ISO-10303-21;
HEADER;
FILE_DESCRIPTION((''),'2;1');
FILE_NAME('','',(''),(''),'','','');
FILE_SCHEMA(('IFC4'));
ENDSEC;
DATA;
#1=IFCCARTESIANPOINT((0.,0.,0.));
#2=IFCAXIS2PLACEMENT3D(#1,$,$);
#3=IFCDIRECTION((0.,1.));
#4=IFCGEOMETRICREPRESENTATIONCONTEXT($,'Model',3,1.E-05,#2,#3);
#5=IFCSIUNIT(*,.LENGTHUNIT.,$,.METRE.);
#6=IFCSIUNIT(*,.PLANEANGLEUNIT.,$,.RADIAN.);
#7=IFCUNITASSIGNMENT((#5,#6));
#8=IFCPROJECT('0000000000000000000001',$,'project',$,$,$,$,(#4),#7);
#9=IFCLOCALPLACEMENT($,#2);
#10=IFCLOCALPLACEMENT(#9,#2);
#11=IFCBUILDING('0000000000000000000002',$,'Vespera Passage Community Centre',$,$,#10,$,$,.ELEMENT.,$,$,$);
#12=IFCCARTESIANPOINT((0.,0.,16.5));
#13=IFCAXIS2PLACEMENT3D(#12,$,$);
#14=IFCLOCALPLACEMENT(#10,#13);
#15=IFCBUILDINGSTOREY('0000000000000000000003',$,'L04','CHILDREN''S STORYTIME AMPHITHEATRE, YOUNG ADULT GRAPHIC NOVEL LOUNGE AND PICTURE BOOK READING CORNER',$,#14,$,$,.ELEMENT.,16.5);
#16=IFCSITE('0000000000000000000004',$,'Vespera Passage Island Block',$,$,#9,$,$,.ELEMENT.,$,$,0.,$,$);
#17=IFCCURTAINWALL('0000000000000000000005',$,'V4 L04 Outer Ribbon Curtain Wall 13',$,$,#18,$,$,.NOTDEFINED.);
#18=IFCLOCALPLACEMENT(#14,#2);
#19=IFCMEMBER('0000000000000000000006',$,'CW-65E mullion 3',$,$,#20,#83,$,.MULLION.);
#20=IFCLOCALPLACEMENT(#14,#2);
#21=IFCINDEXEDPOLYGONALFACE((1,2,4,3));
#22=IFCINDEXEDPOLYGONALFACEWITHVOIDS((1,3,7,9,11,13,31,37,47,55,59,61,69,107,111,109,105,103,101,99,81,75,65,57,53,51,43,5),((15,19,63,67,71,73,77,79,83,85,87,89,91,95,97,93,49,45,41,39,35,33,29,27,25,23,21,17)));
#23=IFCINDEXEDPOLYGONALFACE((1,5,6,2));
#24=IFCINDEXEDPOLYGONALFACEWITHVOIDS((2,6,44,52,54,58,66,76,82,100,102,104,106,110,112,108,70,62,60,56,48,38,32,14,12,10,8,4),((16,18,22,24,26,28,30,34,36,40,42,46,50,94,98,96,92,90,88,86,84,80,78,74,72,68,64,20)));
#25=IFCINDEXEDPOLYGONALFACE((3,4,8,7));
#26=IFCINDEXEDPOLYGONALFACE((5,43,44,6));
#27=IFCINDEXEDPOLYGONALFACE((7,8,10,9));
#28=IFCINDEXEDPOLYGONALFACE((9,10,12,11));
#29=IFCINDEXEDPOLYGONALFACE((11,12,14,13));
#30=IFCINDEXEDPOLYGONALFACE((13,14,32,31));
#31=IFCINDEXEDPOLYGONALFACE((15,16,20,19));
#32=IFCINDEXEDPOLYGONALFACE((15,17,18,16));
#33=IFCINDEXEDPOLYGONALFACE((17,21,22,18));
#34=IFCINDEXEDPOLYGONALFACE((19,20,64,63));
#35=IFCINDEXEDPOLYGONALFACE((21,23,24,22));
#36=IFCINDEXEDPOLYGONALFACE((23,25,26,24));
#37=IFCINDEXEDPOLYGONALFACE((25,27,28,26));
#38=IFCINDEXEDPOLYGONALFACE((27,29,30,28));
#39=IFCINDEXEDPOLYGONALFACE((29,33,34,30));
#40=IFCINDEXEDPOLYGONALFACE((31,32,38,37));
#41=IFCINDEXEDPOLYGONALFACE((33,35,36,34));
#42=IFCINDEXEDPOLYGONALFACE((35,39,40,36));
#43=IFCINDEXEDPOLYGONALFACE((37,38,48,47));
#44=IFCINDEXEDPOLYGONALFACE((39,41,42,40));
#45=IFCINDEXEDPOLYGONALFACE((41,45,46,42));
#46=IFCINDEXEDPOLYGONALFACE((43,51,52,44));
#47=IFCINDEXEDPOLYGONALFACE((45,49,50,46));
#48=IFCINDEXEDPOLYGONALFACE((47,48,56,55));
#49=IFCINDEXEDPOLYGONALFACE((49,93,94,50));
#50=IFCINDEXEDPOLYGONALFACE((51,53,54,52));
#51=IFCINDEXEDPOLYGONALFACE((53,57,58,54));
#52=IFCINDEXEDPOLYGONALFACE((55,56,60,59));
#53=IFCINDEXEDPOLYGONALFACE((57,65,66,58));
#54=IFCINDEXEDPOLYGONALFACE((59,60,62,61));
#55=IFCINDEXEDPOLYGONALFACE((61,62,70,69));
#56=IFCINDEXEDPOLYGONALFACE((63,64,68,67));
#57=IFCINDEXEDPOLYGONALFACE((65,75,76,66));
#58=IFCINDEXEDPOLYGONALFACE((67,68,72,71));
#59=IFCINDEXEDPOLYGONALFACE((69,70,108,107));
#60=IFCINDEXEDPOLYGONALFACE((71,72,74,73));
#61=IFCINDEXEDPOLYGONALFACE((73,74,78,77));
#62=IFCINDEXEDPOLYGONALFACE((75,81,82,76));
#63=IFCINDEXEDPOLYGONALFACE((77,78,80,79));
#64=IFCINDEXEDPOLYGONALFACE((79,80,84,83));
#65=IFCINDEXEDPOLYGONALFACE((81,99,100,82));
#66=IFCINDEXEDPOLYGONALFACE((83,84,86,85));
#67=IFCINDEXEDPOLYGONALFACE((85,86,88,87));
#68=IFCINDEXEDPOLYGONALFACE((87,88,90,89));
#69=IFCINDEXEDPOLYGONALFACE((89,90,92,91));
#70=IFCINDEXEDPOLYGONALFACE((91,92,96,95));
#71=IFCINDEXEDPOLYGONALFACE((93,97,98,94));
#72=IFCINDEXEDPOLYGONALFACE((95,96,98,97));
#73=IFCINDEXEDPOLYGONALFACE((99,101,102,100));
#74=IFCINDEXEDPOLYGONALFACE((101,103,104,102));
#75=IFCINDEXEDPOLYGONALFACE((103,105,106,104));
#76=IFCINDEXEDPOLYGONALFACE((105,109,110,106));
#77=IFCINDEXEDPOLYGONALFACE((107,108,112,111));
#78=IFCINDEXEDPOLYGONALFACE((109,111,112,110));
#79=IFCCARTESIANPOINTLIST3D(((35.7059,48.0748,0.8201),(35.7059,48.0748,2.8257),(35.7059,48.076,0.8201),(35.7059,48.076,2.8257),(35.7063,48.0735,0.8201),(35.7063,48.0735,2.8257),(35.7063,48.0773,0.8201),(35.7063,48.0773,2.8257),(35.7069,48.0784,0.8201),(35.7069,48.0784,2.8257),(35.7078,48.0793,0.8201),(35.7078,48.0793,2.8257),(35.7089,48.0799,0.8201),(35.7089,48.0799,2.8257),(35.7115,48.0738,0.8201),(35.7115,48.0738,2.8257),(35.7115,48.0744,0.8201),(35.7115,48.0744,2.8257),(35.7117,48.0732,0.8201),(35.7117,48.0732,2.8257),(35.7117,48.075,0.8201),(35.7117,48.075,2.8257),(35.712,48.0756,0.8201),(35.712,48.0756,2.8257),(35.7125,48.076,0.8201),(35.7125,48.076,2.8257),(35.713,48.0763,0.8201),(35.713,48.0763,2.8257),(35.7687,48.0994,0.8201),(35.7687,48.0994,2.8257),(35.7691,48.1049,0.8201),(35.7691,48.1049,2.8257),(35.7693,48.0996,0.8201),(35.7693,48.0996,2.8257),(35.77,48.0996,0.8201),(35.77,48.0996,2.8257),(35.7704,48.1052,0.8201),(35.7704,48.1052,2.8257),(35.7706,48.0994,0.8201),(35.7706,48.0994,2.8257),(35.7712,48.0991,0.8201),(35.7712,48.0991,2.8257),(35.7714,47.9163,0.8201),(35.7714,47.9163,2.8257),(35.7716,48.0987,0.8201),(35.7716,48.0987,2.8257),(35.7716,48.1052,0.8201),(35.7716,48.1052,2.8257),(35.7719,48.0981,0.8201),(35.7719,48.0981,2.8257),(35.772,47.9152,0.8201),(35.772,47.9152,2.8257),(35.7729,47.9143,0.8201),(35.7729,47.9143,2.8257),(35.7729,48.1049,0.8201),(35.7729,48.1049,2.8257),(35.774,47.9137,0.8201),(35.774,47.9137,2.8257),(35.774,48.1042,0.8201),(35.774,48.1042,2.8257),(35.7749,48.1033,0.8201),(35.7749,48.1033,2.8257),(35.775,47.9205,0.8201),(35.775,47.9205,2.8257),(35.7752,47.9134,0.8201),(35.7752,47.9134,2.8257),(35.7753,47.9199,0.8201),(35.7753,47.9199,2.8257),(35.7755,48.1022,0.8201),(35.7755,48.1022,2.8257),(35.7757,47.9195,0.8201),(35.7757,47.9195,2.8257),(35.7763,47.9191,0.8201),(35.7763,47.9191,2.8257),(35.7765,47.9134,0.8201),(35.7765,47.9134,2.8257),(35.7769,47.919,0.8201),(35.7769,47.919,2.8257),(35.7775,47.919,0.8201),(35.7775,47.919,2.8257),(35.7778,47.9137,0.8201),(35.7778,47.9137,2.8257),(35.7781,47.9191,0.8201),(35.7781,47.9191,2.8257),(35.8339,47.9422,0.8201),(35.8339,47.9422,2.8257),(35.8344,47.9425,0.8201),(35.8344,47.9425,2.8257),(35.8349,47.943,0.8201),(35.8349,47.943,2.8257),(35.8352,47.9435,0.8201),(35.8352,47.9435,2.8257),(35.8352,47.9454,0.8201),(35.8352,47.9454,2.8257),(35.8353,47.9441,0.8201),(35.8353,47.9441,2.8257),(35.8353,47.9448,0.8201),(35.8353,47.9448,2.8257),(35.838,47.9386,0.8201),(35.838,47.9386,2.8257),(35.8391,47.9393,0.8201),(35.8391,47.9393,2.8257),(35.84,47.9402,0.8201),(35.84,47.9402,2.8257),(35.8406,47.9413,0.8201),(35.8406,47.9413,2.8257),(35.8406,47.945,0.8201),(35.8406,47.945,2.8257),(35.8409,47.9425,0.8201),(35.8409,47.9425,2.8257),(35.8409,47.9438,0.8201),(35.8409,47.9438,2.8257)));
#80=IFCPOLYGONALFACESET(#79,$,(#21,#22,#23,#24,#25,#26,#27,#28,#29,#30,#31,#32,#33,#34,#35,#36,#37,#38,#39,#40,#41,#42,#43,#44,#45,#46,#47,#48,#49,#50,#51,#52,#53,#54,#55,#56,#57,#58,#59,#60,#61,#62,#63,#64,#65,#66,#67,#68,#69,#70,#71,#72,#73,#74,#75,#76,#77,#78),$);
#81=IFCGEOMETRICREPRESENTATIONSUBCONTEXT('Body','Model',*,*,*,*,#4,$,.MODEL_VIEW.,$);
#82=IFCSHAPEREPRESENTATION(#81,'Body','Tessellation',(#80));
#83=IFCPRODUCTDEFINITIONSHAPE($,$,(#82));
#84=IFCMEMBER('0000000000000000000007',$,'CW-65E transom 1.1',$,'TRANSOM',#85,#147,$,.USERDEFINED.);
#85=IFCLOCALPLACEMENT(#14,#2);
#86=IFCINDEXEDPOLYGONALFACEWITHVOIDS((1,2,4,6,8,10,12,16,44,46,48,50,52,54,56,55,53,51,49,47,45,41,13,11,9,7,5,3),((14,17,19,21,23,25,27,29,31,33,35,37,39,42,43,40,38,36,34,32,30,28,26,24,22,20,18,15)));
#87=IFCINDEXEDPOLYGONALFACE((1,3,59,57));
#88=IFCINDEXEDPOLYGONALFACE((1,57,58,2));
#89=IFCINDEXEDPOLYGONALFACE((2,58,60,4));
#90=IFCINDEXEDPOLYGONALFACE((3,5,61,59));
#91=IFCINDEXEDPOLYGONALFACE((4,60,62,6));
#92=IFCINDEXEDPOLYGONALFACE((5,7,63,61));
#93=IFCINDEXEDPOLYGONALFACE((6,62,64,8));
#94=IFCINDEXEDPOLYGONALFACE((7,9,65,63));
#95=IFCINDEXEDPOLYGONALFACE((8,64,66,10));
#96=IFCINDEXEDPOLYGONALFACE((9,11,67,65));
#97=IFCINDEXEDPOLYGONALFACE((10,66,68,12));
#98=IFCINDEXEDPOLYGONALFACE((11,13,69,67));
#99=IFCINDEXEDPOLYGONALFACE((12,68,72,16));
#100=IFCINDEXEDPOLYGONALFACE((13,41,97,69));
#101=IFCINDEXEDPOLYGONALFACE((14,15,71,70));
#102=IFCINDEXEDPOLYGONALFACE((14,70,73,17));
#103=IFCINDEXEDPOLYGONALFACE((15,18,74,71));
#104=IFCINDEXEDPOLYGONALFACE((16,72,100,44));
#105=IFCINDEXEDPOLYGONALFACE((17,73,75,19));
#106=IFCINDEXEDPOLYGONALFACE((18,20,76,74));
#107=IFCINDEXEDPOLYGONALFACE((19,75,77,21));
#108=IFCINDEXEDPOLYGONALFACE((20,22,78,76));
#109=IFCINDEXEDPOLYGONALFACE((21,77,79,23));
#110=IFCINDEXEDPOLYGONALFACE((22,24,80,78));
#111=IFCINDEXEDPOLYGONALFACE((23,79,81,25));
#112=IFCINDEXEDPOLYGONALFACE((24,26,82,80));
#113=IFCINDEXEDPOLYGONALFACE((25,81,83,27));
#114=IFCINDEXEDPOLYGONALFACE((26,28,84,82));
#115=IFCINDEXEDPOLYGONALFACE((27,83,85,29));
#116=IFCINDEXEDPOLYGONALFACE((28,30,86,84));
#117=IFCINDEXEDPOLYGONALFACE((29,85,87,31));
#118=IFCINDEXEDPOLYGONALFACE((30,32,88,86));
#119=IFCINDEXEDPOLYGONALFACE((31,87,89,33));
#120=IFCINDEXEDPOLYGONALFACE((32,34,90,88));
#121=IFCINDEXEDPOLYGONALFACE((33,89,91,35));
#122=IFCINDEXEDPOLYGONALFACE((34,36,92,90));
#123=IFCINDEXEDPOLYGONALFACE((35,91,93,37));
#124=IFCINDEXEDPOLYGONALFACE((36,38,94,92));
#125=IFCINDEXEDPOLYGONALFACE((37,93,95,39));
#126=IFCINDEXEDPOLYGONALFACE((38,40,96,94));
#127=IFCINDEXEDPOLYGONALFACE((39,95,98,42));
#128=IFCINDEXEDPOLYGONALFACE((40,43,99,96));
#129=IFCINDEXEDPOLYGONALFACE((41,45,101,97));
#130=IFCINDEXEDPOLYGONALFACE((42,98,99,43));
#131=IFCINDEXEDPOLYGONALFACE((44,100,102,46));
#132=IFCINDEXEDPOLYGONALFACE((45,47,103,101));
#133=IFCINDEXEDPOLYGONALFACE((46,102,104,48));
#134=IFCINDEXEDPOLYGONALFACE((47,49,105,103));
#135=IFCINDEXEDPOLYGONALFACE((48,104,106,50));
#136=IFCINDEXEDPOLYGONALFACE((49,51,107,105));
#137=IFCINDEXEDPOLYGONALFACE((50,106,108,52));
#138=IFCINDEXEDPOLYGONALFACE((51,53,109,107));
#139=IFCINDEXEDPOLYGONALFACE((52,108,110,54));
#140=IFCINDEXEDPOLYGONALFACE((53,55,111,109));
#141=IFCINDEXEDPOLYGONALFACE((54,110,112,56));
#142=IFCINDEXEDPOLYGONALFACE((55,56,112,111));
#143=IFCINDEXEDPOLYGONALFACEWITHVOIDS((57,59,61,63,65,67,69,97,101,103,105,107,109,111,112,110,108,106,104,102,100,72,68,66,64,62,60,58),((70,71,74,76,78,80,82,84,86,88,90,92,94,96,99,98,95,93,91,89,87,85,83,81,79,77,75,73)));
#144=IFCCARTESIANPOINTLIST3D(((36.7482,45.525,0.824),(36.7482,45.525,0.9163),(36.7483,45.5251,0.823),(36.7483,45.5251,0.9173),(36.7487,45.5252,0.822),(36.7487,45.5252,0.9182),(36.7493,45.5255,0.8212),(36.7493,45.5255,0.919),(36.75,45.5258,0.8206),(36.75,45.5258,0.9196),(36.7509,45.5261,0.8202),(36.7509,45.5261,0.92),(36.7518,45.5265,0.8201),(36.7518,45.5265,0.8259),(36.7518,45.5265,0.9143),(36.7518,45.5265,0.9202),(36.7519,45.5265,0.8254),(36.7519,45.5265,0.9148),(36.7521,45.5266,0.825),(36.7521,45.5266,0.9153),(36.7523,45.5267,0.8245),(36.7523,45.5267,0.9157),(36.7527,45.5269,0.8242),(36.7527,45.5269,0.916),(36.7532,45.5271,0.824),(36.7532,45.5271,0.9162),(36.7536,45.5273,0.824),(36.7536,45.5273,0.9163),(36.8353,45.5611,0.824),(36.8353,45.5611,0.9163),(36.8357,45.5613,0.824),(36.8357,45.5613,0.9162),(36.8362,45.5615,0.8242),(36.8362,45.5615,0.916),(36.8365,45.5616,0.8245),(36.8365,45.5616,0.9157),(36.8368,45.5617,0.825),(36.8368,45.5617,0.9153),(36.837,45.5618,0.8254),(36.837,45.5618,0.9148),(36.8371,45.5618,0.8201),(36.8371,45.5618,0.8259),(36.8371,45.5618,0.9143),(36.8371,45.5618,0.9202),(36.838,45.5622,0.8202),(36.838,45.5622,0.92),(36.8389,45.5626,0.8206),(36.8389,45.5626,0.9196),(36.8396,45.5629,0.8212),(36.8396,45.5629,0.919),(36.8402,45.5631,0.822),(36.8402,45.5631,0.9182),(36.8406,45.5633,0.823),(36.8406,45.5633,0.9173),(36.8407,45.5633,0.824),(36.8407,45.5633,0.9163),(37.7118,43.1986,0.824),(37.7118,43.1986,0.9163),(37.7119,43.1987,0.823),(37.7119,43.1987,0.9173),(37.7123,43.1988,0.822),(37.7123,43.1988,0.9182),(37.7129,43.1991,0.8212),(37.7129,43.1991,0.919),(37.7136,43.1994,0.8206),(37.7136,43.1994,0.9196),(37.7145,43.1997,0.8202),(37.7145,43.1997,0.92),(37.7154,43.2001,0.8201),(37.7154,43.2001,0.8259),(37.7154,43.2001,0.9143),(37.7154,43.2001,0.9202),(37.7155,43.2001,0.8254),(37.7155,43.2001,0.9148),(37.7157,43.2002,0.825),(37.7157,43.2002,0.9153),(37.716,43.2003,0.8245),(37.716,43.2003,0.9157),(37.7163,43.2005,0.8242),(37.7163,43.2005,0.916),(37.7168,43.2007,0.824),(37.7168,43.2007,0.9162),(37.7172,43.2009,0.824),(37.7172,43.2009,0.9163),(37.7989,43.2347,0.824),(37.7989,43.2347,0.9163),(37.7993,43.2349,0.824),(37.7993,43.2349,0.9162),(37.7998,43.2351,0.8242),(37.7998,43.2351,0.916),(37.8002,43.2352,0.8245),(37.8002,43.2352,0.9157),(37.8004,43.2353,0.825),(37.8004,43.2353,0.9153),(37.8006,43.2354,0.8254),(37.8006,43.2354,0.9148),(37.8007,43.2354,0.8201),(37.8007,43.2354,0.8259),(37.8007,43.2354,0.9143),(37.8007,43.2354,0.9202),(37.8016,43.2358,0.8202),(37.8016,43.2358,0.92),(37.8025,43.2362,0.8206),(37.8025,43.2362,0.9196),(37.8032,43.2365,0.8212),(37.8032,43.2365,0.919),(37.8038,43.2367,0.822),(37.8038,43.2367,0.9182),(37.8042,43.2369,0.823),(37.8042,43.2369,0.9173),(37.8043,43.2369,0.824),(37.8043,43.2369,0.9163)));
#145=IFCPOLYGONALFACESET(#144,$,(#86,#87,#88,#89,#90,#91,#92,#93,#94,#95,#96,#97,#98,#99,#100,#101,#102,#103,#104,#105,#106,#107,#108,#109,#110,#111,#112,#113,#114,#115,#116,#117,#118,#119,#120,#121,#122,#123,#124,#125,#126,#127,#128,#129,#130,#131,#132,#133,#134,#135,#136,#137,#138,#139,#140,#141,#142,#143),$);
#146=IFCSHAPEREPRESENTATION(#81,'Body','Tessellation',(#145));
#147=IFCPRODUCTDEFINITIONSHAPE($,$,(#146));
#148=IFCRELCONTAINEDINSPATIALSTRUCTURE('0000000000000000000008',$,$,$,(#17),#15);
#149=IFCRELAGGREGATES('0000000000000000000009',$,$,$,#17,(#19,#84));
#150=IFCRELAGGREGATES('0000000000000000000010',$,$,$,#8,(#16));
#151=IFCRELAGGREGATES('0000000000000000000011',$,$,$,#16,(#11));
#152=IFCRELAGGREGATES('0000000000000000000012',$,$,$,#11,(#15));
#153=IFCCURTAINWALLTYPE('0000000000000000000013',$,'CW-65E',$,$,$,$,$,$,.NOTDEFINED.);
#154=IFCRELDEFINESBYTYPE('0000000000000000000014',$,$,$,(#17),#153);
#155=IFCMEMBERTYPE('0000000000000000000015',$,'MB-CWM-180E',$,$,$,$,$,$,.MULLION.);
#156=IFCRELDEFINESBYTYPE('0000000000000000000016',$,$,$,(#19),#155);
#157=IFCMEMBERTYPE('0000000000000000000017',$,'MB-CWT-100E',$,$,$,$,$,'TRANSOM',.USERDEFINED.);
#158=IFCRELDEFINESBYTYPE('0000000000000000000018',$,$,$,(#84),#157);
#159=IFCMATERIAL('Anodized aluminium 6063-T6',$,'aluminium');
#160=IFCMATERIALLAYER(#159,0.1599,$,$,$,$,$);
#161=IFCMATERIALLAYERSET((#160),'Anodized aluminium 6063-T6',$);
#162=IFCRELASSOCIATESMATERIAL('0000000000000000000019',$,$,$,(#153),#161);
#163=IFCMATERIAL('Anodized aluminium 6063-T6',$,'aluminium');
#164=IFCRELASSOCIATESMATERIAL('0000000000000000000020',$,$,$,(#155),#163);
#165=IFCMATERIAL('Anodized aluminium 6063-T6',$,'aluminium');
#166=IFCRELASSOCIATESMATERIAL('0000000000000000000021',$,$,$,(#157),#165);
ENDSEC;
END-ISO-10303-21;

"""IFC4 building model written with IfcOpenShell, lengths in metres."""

from ifc_helpers import new_model, si_unit, direction, frame, origin, origin_2d, place, context, subcontext, project, spatial, hollow_rectangle, extrude, material, layer, layer_set, material_profile, profile_set, type_object, element, aggregate, save


model = new_model("IFC4")

# Units and contexts
model_context = context("Model", 3, precision=1e-05, world=origin(), true_north=direction((0.0, 1.0)))
body_context = subcontext(model_context, "Body", "Model", "MODEL_VIEW")
ifc_project = project(units=[si_unit("LENGTHUNIT", "METRE"), si_unit("PLANEANGLEUNIT", "RADIAN")], contexts=[model_context])

# Site, building, storey
site_placement = place(None, origin())
site = spatial("IfcSite", under=ifc_project, at=site_placement, Name="Vespera Passage Island Block", CompositionType="ELEMENT", RefElevation=0.0)
building_placement = place(site_placement, origin())
building = spatial("IfcBuilding", under=site, at=building_placement, Name="Vespera Passage Community Centre", CompositionType="ELEMENT")
storey_placement = place(building_placement, frame((0.0, 0.0, 16.5)))
storey = spatial("IfcBuildingStorey", under=building, at=storey_placement, Name="L04", Description="CHILDREN'S STORYTIME AMPHITHEATRE, YOUNG ADULT GRAPHIC NOVEL LOUNGE AND PICTURE BOOK READING CORNER", CompositionType="ELEMENT", Elevation=16.5)

# Curtain wall, members
ifc_material_1 = material(Name="Anodized aluminium 6063-T6", Category="aluminium")
ifc_layer_1 = layer(ifc_material_1, 0.1599)
ifc_layer_set_1 = layer_set([ifc_layer_1], Name="Anodized aluminium 6063-T6")
curtain_wall_type_1 = type_object("IfcCurtainWallType", Name="CW-65E", PredefinedType="NOTDEFINED", material=ifc_layer_set_1)
curtain_wall_1_placement = place(storey_placement, origin())
curtain_wall_1 = element("IfcCurtainWall", 1, at=curtain_wall_1_placement, inside=storey, type_object=curtain_wall_type_1, Name="V4 L04 Outer Ribbon Curtain Wall 13", PredefinedType="NOTDEFINED")
ifc_material_2 = material(Name="Anodized aluminium 6063-T6", Category="aluminium")
ifc_material_profile_1 = material_profile(ifc_material_2, hollow_rectangle(XDim=0.075, YDim=0.1799, WallThickness=0.0049, InnerFilletRadius=0.0024, OuterFilletRadius=0.0049, at=origin_2d()), Name="ALU180X75X5")
ifc_profile_set_1 = profile_set([ifc_material_profile_1], Name="Anodized aluminium 6063-T6")
member_type_1 = type_object("IfcMemberType", Name="MB-CWM-180E", PredefinedType="MULLION", material=ifc_profile_set_1)
member_1_placement = place(storey_placement, frame((35.7734, 48.0093, 0.8201), z_axis=(0.0, 0.0, 1.0), x_axis=(-0.923881, -0.382679, 0.0)))
member_1 = element("IfcMember", 2, at=member_1_placement, type_object=member_type_1, Name="CW-65E mullion 3", PredefinedType="MULLION", context=body_context, shape_type="SweptSolid", body=[
    extrude(hollow_rectangle(XDim=0.075, YDim=0.1799, WallThickness=0.0049, InnerFilletRadius=0.0024, OuterFilletRadius=0.0049, at=origin_2d()), origin(), (0.0, 0.0, 1.0), 2.0056),
])
ifc_material_3 = material(Name="Anodized aluminium 6063-T6", Category="aluminium")
ifc_material_profile_2 = material_profile(ifc_material_3, hollow_rectangle(XDim=0.1001, YDim=0.1001, WallThickness=0.0039, InnerFilletRadius=0.002, OuterFilletRadius=0.0039, at=origin_2d()), Name="ALU100X100X4")
ifc_profile_set_2 = profile_set([ifc_material_profile_2], Name="Anodized aluminium 6063-T6")
member_type_2 = type_object("IfcMemberType", Name="MB-CWT-100E", ElementType="TRANSOM", PredefinedType="USERDEFINED", material=ifc_profile_set_2)
member_2_placement = place(storey_placement, frame((37.7581, 43.2178, 0.8701), z_axis=(-0.38268, 0.923881, 0.0), x_axis=(-0.923881, -0.38268, 0.0)))
member_2 = element("IfcMember", 3, at=member_2_placement, type_object=member_type_2, Name="CW-65E transom 1.1", ObjectType="TRANSOM", PredefinedType="USERDEFINED", context=body_context, shape_type="SweptSolid", body=[
    extrude(hollow_rectangle(XDim=0.1001, YDim=0.1001, WallThickness=0.0039, InnerFilletRadius=0.002, OuterFilletRadius=0.0039, at=origin_2d()), origin(), (0.0, 0.0, 1.0), 2.5181),
])

aggregate(curtain_wall_1, [member_1, member_2])

save(model, "model.ifc")
